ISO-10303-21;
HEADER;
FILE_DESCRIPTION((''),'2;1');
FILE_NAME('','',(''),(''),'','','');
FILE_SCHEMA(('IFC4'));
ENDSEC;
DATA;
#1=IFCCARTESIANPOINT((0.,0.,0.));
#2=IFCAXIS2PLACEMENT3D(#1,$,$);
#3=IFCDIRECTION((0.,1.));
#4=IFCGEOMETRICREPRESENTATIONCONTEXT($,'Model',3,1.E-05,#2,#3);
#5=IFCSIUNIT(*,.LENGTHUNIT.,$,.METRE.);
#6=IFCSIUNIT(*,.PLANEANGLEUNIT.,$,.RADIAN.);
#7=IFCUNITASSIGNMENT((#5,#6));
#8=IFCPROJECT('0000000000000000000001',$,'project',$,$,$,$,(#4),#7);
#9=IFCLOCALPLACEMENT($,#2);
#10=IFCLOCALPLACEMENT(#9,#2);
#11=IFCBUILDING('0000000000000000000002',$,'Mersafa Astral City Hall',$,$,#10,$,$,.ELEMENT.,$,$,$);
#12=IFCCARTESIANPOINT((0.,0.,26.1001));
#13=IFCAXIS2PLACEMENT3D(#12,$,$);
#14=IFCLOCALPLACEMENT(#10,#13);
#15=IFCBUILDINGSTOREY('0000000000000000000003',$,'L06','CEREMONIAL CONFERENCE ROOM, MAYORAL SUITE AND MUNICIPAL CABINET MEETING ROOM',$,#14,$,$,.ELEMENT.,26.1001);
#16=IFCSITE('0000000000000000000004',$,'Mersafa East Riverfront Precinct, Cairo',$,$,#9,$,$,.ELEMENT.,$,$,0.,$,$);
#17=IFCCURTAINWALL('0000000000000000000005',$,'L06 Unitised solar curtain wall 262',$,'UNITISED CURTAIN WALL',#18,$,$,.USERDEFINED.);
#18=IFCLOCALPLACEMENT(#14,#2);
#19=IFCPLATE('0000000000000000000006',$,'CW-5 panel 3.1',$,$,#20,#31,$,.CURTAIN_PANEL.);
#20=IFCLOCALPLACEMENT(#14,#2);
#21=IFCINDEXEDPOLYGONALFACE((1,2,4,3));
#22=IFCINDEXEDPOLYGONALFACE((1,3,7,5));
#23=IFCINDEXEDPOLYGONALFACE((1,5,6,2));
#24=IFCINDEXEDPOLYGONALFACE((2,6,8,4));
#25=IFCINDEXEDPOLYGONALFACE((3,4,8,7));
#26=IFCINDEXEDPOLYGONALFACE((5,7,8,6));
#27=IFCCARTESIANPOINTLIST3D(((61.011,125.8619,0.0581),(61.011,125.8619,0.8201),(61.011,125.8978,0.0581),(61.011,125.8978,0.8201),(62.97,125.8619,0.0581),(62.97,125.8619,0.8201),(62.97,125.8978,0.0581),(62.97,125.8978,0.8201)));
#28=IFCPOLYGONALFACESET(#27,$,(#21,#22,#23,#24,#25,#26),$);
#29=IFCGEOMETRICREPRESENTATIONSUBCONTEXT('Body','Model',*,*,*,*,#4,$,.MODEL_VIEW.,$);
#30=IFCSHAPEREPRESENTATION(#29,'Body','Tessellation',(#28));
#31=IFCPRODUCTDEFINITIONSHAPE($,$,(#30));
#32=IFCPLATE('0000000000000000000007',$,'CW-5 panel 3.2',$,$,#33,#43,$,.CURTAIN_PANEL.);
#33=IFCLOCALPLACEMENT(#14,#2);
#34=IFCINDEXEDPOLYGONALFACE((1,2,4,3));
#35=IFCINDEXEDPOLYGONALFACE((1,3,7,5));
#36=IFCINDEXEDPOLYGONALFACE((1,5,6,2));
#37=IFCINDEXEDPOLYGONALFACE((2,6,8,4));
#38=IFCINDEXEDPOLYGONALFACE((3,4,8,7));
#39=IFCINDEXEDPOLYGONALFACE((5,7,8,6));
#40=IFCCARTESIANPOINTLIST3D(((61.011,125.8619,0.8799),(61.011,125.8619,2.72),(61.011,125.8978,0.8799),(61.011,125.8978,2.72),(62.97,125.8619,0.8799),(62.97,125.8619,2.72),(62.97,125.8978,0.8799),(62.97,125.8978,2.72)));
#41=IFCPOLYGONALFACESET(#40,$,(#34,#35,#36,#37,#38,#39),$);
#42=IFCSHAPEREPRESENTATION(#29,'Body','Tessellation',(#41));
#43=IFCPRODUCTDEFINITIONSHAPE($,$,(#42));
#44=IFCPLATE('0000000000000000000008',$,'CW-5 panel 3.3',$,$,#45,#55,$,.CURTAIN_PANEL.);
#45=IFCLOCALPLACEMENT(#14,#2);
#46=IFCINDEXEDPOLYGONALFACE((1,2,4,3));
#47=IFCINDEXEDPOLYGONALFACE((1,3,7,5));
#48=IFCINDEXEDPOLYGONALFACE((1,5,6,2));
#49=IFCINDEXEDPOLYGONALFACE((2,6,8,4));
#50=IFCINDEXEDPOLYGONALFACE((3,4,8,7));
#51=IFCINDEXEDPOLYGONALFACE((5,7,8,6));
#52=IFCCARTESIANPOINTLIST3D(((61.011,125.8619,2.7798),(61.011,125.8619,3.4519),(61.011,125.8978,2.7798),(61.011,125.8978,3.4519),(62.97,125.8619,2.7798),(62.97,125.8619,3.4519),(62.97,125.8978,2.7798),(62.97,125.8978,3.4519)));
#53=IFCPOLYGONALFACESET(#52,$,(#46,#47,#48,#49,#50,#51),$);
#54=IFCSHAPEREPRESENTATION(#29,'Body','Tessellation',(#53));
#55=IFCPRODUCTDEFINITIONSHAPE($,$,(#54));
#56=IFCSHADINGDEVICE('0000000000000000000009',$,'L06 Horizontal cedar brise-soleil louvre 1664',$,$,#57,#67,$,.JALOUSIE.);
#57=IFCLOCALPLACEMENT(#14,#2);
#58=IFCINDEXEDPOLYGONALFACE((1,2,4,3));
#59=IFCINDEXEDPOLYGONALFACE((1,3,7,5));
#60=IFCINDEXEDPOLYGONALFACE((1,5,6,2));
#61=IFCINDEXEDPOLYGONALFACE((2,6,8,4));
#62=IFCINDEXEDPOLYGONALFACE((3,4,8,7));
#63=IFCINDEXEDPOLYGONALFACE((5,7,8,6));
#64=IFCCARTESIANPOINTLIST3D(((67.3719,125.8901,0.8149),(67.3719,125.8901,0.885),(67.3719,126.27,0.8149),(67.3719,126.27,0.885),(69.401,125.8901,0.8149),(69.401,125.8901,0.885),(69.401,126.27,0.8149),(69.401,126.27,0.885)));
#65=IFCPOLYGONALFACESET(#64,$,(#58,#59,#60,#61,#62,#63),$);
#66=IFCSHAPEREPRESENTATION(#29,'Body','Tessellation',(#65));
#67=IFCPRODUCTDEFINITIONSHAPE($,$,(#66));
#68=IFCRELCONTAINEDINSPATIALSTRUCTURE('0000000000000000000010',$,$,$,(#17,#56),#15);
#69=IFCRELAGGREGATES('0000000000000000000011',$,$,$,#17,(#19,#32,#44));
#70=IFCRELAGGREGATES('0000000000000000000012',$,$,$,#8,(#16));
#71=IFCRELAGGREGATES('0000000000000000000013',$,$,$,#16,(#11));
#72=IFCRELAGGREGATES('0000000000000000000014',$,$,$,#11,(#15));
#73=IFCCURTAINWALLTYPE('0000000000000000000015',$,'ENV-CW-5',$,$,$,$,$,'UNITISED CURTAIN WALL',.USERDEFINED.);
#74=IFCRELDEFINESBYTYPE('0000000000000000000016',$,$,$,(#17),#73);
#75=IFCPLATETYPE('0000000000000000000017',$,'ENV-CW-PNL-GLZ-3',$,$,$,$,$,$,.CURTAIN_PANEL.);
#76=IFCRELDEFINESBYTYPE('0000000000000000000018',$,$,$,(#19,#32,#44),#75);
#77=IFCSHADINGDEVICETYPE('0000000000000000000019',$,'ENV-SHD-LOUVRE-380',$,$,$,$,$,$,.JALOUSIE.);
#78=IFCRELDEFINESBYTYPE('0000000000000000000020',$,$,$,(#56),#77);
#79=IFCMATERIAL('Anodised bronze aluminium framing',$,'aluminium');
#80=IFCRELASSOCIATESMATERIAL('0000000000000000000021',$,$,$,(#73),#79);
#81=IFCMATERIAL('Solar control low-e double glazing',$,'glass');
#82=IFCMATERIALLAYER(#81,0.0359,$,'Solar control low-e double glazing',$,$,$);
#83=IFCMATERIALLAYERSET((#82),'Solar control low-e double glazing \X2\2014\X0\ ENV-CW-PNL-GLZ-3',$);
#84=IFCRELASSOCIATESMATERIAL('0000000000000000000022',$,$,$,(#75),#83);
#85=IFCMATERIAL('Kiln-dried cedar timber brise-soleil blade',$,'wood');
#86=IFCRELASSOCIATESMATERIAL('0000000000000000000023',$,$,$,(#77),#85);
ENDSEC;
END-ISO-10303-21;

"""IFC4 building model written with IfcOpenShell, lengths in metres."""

from ifc_helpers import new_model, si_unit, direction, frame, origin, origin_2d, place, context, subcontext, project, spatial, rectangle, extrude, material, layer, layer_set, type_object, element, aggregate, save


model = new_model("IFC4")

# Units and contexts
model_context = context("Model", 3, precision=1e-05, world=origin(), true_north=direction((0.0, 1.0)))
body_context = subcontext(model_context, "Body", "Model", "MODEL_VIEW")
ifc_project = project(units=[si_unit("LENGTHUNIT", "METRE"), si_unit("PLANEANGLEUNIT", "RADIAN")], contexts=[model_context])

# Site, building, storey
site_placement = place(None, origin())
site = spatial("IfcSite", under=ifc_project, at=site_placement, Name="Mersafa East Riverfront Precinct, Cairo", CompositionType="ELEMENT", RefElevation=0.0)
building_placement = place(site_placement, origin())
building = spatial("IfcBuilding", under=site, at=building_placement, Name="Mersafa Astral City Hall", CompositionType="ELEMENT")
storey_placement = place(building_placement, frame((0.0, 0.0, 26.1001)))
storey = spatial("IfcBuildingStorey", under=building, at=storey_placement, Name="L06", Description="CEREMONIAL CONFERENCE ROOM, MAYORAL SUITE AND MUNICIPAL CABINET MEETING ROOM", CompositionType="ELEMENT", Elevation=26.1001)

# Shared definitions
ifc_material_1 = material(Name="Anodised bronze aluminium framing", Category="aluminium")

# Curtain wall
curtain_wall_type_1 = type_object("IfcCurtainWallType", Name="ENV-CW-5", ElementType="UNITISED CURTAIN WALL", PredefinedType="USERDEFINED", material=ifc_material_1)
curtain_wall_1_placement = place(storey_placement, origin())
curtain_wall_1 = element("IfcCurtainWall", 1, at=curtain_wall_1_placement, inside=storey, type_object=curtain_wall_type_1, Name="L06 Unitised solar curtain wall 262", ObjectType="UNITISED CURTAIN WALL", PredefinedType="USERDEFINED")

# Plates
ifc_material_2 = material(Name="Solar control low-e double glazing", Category="glass")
ifc_layer_1 = layer(ifc_material_2, 0.0359, Name="Solar control low-e double glazing")
ifc_layer_set_1 = layer_set([ifc_layer_1], Name="Solar control low-e double glazing — ENV-CW-PNL-GLZ-3")
plate_type_1 = type_object("IfcPlateType", Name="ENV-CW-PNL-GLZ-3", PredefinedType="CURTAIN_PANEL", material=ifc_layer_set_1)
plate_1_placement = place(storey_placement, frame((61.9905, 125.8799, 0.0581), z_axis=(0.0, 0.0, 1.0), x_axis=(-1.0, 0.0, 0.0)))
plate_1 = element("IfcPlate", 2, at=plate_1_placement, type_object=plate_type_1, Name="CW-5 panel 3.1", PredefinedType="CURTAIN_PANEL", context=body_context, shape_type="SweptSolid", body=[
    extrude(rectangle(XDim=1.959, YDim=0.0359, at=origin_2d()), origin(), (0.0, 0.0, 1.0), 0.762),
])
plate_2_placement = place(storey_placement, frame((61.9905, 125.8799, 0.8799), z_axis=(0.0, 0.0, 1.0), x_axis=(-1.0, 0.0, 0.0)))
plate_2 = element("IfcPlate", 3, at=plate_2_placement, type_object=plate_type_1, Name="CW-5 panel 3.2", PredefinedType="CURTAIN_PANEL", context=body_context, shape_type="SweptSolid", body=[
    extrude(rectangle(XDim=1.959, YDim=0.0359, at=origin_2d()), origin(), (0.0, 0.0, 1.0), 1.8401),
])
plate_3_placement = place(storey_placement, frame((61.9905, 125.8799, 2.7798), z_axis=(0.0, 0.0, 1.0), x_axis=(-1.0, 0.0, 0.0)))
plate_3 = element("IfcPlate", 4, at=plate_3_placement, type_object=plate_type_1, Name="CW-5 panel 3.3", PredefinedType="CURTAIN_PANEL", context=body_context, shape_type="SweptSolid", body=[
    extrude(rectangle(XDim=1.959, YDim=0.0359, at=origin_2d()), origin(), (0.0, 0.0, 1.0), 0.6721),
])
aggregate(curtain_wall_1, [plate_1, plate_2, plate_3])

# Shading device
ifc_material_3 = material(Name="Kiln-dried cedar timber brise-soleil blade", Category="wood")
shading_device_type = type_object("IfcShadingDeviceType", Name="ENV-SHD-LOUVRE-380", PredefinedType="JALOUSIE", material=ifc_material_3)
shading_device_placement = place(storey_placement, frame((68.3865, 126.0801, 0.8149), z_axis=(0.0, 0.0, 1.0), x_axis=(-1.0, 0.0, 0.0)))
element("IfcShadingDevice", 5, at=shading_device_placement, inside=storey, type_object=shading_device_type, Name="L06 Horizontal cedar brise-soleil louvre 1664", PredefinedType="JALOUSIE", context=body_context, shape_type="SweptSolid", body=[
    extrude(rectangle(XDim=2.0291, YDim=0.3799, at=origin_2d()), origin(), (0.0, 0.0, 1.0), 0.0701),
])

save(model, "model.ifc")
